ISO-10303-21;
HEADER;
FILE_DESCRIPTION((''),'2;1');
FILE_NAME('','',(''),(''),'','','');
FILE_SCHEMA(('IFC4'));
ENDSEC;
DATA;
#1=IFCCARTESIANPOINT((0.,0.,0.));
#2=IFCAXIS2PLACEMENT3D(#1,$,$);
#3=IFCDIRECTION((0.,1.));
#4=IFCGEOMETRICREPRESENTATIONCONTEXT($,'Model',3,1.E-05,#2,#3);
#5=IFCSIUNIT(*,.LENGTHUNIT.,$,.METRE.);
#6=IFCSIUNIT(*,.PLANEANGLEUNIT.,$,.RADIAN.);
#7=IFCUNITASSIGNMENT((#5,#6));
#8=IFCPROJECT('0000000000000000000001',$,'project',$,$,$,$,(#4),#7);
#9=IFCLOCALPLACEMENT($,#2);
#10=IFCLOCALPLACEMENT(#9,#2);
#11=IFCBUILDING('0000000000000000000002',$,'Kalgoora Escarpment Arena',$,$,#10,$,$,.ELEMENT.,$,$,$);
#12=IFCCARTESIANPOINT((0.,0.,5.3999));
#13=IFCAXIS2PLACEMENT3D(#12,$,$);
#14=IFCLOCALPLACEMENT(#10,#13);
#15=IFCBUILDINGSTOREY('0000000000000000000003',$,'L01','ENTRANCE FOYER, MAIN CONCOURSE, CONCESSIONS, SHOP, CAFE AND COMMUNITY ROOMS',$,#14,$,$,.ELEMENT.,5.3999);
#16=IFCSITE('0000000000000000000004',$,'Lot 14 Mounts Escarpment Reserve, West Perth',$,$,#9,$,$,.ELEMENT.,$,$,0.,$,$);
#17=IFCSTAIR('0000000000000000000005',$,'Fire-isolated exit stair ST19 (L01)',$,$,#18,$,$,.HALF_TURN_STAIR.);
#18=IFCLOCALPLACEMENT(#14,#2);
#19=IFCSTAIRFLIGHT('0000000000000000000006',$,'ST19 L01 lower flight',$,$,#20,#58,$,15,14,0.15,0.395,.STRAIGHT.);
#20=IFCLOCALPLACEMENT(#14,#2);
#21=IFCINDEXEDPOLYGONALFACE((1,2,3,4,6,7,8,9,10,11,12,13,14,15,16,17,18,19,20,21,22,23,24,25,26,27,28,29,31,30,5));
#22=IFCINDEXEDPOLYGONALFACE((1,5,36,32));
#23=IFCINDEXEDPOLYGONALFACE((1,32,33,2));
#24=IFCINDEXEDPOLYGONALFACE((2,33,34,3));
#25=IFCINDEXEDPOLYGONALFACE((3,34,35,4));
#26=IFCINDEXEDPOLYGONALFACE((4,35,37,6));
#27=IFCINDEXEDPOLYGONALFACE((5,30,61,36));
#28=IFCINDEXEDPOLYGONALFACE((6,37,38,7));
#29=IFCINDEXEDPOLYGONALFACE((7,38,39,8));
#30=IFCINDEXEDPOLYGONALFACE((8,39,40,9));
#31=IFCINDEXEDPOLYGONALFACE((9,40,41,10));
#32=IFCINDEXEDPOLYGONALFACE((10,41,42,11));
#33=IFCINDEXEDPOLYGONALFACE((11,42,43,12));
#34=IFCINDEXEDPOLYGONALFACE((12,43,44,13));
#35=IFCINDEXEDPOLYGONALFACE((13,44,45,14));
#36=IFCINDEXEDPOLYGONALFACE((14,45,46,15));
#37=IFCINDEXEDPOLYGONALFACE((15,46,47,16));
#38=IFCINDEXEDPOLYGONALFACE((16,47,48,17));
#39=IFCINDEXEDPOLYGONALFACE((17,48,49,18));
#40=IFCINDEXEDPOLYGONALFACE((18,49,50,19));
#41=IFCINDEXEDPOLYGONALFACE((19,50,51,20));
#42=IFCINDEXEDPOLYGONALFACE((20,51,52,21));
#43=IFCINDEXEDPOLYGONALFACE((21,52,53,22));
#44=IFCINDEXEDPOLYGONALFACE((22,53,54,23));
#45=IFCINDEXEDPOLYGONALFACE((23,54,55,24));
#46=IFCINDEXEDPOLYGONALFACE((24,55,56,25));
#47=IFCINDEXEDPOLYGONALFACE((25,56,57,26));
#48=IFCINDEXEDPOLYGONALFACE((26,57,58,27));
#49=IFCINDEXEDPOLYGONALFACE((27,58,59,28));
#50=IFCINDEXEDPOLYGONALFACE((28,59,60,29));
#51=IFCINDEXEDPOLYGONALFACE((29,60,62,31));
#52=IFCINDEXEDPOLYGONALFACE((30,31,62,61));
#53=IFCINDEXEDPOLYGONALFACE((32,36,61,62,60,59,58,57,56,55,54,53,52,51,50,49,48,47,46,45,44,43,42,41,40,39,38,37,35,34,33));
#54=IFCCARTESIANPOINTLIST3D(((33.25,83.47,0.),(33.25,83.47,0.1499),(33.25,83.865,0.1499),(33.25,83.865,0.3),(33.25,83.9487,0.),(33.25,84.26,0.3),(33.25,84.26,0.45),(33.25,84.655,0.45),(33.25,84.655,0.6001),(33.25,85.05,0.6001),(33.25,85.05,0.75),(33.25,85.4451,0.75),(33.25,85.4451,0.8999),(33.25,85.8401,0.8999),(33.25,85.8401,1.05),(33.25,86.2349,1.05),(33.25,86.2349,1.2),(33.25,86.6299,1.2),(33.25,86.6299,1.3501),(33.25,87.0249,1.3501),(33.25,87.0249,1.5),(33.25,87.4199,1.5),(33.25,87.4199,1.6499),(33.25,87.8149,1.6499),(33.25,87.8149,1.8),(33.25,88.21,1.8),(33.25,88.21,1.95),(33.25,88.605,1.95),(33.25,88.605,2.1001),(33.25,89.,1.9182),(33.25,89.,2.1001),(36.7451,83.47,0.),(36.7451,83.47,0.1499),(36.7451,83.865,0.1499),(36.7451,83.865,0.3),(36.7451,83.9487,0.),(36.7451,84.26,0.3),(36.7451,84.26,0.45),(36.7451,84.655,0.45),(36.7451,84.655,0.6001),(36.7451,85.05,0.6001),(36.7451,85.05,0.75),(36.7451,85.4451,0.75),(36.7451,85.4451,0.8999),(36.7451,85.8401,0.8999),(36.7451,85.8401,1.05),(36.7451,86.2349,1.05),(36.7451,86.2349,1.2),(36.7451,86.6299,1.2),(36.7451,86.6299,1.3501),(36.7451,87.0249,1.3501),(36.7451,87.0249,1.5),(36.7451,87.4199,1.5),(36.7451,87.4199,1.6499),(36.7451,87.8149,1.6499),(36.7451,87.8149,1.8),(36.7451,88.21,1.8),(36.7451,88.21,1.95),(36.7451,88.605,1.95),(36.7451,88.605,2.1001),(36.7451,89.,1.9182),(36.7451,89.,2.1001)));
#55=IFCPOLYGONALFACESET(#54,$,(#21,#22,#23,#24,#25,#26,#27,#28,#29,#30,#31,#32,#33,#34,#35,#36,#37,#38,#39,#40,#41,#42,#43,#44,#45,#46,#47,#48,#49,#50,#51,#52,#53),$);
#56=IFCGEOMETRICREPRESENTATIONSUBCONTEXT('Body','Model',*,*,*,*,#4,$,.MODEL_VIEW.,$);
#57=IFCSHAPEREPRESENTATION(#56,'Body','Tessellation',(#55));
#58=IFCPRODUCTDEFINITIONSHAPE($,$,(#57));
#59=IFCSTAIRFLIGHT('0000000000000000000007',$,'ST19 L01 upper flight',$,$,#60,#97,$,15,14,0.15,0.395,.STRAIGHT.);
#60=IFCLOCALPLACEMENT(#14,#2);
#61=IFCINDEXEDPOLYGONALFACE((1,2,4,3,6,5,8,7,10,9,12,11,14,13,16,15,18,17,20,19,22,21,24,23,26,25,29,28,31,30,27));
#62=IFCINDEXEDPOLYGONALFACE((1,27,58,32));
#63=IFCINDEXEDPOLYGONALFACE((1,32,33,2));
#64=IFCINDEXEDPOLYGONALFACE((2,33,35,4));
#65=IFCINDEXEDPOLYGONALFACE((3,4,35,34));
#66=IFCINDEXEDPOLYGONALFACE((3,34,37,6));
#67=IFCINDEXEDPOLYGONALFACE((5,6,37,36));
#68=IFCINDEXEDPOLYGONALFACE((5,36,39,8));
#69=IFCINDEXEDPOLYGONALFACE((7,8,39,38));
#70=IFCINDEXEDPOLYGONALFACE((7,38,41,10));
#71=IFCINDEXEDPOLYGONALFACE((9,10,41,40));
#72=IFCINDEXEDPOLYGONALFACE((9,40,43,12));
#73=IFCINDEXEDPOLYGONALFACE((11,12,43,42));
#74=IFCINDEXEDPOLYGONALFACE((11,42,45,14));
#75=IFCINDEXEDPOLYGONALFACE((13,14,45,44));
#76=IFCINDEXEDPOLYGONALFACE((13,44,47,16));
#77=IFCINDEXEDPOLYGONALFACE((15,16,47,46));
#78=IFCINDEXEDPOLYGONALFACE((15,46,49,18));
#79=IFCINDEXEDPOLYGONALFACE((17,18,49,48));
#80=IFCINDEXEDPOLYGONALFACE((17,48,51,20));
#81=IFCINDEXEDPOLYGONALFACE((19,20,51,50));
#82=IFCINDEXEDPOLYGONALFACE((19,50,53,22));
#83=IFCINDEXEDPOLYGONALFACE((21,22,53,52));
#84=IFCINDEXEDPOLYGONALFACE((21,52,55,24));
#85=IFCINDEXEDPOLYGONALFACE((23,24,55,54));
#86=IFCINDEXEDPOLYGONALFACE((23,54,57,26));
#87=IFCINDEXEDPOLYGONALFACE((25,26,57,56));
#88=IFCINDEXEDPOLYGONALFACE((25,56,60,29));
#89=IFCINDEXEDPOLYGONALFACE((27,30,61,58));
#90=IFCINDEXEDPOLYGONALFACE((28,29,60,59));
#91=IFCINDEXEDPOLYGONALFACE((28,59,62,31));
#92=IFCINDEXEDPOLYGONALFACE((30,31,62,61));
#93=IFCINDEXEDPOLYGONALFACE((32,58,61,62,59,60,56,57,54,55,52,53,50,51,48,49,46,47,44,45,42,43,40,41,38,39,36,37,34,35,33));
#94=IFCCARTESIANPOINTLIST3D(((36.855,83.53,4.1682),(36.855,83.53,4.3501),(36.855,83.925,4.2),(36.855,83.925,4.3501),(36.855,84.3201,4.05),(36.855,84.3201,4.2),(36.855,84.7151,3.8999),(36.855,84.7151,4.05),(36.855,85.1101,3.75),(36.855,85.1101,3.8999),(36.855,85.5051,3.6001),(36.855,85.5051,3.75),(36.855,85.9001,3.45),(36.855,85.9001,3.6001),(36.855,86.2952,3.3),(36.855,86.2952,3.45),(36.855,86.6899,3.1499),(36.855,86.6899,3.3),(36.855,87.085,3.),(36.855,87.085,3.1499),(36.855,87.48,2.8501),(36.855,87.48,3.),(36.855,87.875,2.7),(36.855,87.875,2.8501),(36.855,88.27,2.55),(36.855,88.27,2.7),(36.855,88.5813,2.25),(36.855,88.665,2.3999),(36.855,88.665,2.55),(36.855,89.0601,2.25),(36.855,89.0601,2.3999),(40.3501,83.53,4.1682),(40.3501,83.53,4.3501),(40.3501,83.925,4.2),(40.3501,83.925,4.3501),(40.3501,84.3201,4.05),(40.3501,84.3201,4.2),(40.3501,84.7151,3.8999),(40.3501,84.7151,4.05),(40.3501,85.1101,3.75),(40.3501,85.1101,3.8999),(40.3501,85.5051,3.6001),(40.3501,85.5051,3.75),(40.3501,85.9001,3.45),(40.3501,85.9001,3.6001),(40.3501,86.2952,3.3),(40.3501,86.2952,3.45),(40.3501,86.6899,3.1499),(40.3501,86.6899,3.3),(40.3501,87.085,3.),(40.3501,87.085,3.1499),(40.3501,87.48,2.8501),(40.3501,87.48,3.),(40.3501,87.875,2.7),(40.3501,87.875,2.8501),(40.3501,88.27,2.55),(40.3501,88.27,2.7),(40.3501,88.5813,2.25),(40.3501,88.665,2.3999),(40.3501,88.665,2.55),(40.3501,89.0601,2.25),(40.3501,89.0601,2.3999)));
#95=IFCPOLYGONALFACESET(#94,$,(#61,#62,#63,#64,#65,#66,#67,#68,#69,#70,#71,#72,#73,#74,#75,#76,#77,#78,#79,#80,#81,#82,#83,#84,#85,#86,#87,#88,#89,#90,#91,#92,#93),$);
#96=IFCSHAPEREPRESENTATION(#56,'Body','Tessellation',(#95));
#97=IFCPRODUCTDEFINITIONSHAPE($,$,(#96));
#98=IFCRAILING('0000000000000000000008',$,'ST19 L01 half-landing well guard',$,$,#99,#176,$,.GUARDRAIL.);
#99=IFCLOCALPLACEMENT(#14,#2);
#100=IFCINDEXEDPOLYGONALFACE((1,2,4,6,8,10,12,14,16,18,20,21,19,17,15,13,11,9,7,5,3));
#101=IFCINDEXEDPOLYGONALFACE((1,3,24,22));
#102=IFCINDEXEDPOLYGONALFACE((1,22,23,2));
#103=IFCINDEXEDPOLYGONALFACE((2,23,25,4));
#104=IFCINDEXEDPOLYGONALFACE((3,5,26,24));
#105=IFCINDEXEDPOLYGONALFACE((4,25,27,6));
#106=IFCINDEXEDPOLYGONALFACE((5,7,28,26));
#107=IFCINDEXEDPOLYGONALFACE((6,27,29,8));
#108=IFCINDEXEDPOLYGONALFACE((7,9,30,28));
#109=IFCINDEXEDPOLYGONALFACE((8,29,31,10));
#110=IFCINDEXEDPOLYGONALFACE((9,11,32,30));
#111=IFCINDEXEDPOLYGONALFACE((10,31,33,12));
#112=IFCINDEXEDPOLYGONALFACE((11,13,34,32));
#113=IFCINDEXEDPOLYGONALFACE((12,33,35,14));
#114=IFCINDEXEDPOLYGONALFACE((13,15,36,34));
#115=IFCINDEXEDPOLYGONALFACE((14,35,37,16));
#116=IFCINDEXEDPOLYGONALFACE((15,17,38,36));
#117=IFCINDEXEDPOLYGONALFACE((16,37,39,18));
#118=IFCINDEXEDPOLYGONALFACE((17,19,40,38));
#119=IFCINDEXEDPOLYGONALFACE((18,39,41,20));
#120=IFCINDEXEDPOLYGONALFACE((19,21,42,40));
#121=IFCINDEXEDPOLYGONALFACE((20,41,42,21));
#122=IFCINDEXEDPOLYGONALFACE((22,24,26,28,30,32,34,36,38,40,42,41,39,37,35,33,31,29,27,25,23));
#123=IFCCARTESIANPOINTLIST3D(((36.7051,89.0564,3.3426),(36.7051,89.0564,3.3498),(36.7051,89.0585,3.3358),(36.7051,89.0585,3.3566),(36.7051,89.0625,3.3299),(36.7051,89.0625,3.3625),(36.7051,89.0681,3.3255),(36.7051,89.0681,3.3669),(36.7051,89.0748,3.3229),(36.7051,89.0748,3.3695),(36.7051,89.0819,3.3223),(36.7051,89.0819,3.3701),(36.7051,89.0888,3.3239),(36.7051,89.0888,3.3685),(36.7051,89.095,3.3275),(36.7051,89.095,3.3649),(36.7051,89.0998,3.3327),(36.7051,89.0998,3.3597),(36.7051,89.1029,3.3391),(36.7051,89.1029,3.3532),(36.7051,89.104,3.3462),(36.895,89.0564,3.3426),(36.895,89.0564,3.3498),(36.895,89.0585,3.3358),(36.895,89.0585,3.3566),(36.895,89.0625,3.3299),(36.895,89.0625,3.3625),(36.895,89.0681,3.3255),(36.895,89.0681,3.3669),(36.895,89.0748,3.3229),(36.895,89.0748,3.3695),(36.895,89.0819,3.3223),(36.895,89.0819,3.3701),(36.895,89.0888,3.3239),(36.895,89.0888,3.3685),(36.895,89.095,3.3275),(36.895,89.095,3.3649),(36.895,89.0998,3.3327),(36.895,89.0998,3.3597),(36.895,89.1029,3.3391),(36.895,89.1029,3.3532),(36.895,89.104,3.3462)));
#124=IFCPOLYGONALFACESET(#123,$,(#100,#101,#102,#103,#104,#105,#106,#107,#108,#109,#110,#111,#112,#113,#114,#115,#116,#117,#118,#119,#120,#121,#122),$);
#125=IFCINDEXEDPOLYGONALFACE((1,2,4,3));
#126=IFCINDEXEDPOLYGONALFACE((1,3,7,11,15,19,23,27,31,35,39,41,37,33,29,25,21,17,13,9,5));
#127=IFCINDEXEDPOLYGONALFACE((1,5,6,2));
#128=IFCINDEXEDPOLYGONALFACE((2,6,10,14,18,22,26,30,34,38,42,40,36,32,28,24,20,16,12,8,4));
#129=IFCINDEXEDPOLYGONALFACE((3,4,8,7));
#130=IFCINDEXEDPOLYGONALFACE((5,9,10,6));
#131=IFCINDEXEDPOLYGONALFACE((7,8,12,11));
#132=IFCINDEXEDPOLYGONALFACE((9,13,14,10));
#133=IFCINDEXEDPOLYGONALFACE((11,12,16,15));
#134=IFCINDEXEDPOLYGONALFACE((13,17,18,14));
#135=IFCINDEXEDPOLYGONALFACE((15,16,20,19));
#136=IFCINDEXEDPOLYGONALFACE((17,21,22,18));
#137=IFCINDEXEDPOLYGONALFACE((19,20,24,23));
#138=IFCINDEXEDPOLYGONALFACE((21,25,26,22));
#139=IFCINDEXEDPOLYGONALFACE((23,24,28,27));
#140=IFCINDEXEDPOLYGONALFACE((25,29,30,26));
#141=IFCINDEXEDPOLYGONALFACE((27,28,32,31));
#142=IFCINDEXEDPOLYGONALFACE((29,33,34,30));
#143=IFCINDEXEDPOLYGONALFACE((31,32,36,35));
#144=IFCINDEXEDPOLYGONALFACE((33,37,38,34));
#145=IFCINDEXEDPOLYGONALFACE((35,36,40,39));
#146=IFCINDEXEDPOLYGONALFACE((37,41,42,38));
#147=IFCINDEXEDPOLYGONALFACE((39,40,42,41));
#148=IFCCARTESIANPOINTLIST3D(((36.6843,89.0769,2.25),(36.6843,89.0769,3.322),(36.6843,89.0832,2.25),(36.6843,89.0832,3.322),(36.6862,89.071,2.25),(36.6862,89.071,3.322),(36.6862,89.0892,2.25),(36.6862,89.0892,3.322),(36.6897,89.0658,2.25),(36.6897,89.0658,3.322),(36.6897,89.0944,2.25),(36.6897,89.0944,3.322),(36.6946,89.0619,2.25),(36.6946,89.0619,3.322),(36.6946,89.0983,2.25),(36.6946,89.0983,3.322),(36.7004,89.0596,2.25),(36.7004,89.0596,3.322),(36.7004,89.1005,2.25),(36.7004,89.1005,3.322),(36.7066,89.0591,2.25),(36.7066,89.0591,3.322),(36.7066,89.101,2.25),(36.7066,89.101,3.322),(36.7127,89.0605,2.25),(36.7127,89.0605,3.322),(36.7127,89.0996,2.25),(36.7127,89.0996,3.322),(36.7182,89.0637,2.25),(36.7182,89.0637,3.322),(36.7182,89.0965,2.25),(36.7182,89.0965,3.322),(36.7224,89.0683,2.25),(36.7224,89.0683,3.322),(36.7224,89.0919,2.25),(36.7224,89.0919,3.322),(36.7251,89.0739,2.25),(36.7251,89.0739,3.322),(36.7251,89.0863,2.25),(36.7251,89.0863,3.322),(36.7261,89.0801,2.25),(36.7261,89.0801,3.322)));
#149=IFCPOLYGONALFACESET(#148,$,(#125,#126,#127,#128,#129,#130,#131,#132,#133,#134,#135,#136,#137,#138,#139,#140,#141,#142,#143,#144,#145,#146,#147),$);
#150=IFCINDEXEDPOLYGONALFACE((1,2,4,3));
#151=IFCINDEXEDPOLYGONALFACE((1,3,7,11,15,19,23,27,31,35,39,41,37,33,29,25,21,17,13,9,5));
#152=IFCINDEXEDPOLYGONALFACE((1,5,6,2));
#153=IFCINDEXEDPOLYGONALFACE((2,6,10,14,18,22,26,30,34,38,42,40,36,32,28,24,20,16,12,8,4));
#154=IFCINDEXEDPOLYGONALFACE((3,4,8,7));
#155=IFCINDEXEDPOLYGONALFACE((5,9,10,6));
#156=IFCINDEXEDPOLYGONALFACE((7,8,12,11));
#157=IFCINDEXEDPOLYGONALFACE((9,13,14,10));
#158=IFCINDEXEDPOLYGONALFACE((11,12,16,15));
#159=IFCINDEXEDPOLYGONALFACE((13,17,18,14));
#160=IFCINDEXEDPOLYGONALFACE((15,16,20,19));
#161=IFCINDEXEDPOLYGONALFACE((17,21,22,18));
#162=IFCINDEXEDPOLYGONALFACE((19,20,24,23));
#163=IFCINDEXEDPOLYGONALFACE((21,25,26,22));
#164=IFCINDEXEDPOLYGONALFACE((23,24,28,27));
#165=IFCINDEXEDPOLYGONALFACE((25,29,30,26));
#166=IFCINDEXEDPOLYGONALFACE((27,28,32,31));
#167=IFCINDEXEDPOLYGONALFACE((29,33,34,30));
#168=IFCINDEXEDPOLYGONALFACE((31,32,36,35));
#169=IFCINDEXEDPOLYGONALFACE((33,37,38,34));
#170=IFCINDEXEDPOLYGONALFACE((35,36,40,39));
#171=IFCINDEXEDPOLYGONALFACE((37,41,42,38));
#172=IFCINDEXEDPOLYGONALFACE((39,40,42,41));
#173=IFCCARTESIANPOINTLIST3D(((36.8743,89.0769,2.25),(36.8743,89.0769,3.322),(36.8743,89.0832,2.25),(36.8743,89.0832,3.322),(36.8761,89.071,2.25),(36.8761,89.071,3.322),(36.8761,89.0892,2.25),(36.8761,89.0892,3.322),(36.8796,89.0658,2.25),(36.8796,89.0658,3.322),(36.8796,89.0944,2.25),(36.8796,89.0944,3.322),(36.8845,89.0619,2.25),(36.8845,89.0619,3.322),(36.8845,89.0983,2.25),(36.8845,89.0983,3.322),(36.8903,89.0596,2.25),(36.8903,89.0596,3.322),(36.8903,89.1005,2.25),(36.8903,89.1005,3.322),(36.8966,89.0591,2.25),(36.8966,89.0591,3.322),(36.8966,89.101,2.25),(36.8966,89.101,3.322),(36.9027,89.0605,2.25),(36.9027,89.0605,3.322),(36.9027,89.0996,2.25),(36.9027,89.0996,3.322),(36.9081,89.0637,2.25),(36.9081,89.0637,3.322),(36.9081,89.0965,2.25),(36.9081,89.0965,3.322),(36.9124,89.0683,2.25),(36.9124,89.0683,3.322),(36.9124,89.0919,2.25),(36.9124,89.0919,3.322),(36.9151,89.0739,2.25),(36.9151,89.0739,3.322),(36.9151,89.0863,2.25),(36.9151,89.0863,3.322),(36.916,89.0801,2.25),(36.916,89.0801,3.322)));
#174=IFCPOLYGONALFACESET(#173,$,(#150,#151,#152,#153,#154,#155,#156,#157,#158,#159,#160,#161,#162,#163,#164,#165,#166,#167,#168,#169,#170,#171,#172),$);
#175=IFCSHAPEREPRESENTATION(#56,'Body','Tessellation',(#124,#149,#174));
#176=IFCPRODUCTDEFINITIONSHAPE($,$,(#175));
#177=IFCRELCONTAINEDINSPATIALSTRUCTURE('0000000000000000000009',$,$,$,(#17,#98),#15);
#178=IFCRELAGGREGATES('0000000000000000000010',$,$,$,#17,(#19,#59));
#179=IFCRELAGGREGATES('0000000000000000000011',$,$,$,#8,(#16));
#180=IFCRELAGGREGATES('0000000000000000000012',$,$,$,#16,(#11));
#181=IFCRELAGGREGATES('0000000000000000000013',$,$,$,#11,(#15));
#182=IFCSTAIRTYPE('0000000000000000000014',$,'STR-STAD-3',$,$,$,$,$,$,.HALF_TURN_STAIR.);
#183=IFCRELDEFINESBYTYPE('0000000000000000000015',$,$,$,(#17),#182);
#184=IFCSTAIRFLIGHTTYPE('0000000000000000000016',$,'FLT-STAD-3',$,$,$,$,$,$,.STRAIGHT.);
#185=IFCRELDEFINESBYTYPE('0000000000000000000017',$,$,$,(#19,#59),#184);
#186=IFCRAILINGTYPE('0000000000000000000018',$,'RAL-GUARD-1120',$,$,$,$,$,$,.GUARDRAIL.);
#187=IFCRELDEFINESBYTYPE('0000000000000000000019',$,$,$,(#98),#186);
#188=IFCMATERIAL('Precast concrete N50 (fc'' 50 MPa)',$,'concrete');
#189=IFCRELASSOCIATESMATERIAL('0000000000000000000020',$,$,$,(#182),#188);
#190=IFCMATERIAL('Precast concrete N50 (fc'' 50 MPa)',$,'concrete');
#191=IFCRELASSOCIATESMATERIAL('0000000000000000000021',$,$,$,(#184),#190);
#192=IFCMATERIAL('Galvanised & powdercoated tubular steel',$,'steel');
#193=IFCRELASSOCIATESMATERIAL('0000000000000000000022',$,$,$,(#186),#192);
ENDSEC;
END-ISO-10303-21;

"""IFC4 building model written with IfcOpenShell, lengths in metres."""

from ifc_helpers import new_model, si_unit, direction, frame, origin, origin_2d, place, context, subcontext, project, spatial, polyline, circle, outline, extrude, material, type_object, element, aggregate, save


model = new_model("IFC4")

# Units and contexts
model_context = context("Model", 3, precision=1e-05, world=origin(), true_north=direction((0.0, 1.0)))
body_context = subcontext(model_context, "Body", "Model", "MODEL_VIEW")
ifc_project = project(units=[si_unit("LENGTHUNIT", "METRE"), si_unit("PLANEANGLEUNIT", "RADIAN")], contexts=[model_context])

# Site, building, storey
site_placement = place(None, origin())
site = spatial("IfcSite", under=ifc_project, at=site_placement, Name="Lot 14 Mounts Escarpment Reserve, West Perth", CompositionType="ELEMENT", RefElevation=0.0)
building_placement = place(site_placement, origin())
building = spatial("IfcBuilding", under=site, at=building_placement, Name="Kalgoora Escarpment Arena", CompositionType="ELEMENT")
storey_placement = place(building_placement, frame((0.0, 0.0, 5.3999)))
storey = spatial("IfcBuildingStorey", under=building, at=storey_placement, Name="L01", Description="ENTRANCE FOYER, MAIN CONCOURSE, CONCESSIONS, SHOP, CAFE AND COMMUNITY ROOMS", CompositionType="ELEMENT", Elevation=5.3999)

# Stair, stair flights
ifc_material_1 = material(Name="Precast concrete N50 (fc' 50 MPa)", Category="concrete")
stair_type = type_object("IfcStairType", Name="STR-STAD-3", PredefinedType="HALF_TURN_STAIR", material=ifc_material_1)
stair_placement = place(storey_placement, origin())
stair = element("IfcStair", 1, at=stair_placement, inside=storey, type_object=stair_type, Name="Fire-isolated exit stair ST19 (L01)", PredefinedType="HALF_TURN_STAIR")
ifc_material_2 = material(Name="Precast concrete N50 (fc' 50 MPa)", Category="concrete")
stair_flight_type = type_object("IfcStairFlightType", Name="FLT-STAD-3", PredefinedType="STRAIGHT", material=ifc_material_2)
stair_flight_1_placement = place(storey_placement, frame((34.9976, 83.47, 0.0), z_axis=(0.0, 0.0, 1.0), x_axis=(0.0, 1.0, 0.0)))
stair_flight_1 = element("IfcStairFlight", 2, at=stair_flight_1_placement, type_object=stair_flight_type, Name="ST19 L01 lower flight", NumberOfRisers=15, NumberOfTreads=14, PredefinedType="STRAIGHT", RiserHeight=0.15, TreadLength=0.395, context=body_context, shape_type="SweptSolid", body=[
    extrude(outline(polyline([(0.0, 0.0), (0.0, 0.1499), (0.395, 0.1499), (0.395, 0.3), (0.79, 0.3), (0.79, 0.45), (1.1851, 0.45), (1.1851, 0.6001), (1.5801, 0.6001), (1.5801, 0.75), (1.9751, 0.75), (1.9751, 0.8999), (2.3701, 0.8999), (2.3701, 1.05), (2.7649, 1.05), (2.7649, 1.2), (3.1599, 1.2), (3.1599, 1.3501), (3.5549, 1.3501), (3.5549, 1.5), (3.95, 1.5), (3.95, 1.6499), (4.345, 1.6499), (4.345, 1.8), (4.74, 1.8), (4.74, 1.95), (5.135, 1.95), (5.135, 2.1001), (5.53, 2.1001), (5.53, 2.25), (5.53, 1.9182), (0.4788, 0.0), (0.0, 0.0)])), frame((0.0, 1.7476, 0.0), z_axis=(0.0, -1.0, 0.0), x_axis=(1.0, 0.0, 0.0)), (0.0, 0.0, 1.0), 3.4951),
])
stair_flight_2_placement = place(storey_placement, frame((38.6025, 89.0601, 2.25), z_axis=(0.0, 0.0, 1.0), x_axis=(0.0, -1.0, 0.0)))
stair_flight_2 = element("IfcStairFlight", 3, at=stair_flight_2_placement, type_object=stair_flight_type, Name="ST19 L01 upper flight", NumberOfRisers=15, NumberOfTreads=14, PredefinedType="STRAIGHT", RiserHeight=0.15, TreadLength=0.395, context=body_context, shape_type="SweptSolid", body=[
    extrude(outline(polyline([(0.0, 0.0), (0.0, 0.1499), (0.395, 0.1499), (0.395, 0.3), (0.79, 0.3), (0.79, 0.45), (1.1851, 0.45), (1.1851, 0.6001), (1.5801, 0.6001), (1.5801, 0.75), (1.9751, 0.75), (1.9751, 0.8999), (2.3701, 0.8999), (2.3701, 1.05), (2.7649, 1.05), (2.7649, 1.2), (3.1599, 1.2), (3.1599, 1.3501), (3.5549, 1.3501), (3.5549, 1.5), (3.95, 1.5), (3.95, 1.6499), (4.345, 1.6499), (4.345, 1.8), (4.74, 1.8), (4.74, 1.95), (5.135, 1.95), (5.135, 2.1001), (5.53, 2.1001), (5.53, 2.25), (5.53, 1.9182), (0.4788, 0.0), (0.0, 0.0)])), frame((0.0, 1.7476, 0.0), z_axis=(0.0, -1.0, 0.0), x_axis=(1.0, 0.0, 0.0)), (0.0, 0.0, 1.0), 3.4951),
])
aggregate(stair, [stair_flight_1, stair_flight_2])

# Railing
ifc_material_3 = material(Name="Galvanised & powdercoated tubular steel", Category="steel")
railing_type_1 = type_object("IfcRailingType", Name="RAL-GUARD-1120", PredefinedType="GUARDRAIL", material=ifc_material_3)
railing_1_placement = place(storey_placement, frame((36.7051, 89.0801, 2.25)))
element("IfcRailing", 4, at=railing_1_placement, inside=storey, type_object=railing_type_1, Name="ST19 L01 half-landing well guard", PredefinedType="GUARDRAIL", context=body_context, shape_type="SweptSolid", body=[
    extrude(circle(Radius=0.0239, at=origin_2d()), frame((0.0, 0.0, 1.0962), z_axis=(1.0, 0.0, 0.0), x_axis=(0.0, 1.0, 0.0)), (0.0, 0.0, 1.0), 0.1899),
    extrude(circle(Radius=0.021, at=origin_2d()), origin(), (0.0, 0.0, 1.0), 1.072),
    extrude(circle(Radius=0.021, at=origin_2d()), frame((0.1899, 0.0, 0.0)), (0.0, 0.0, 1.0), 1.072),
])

save(model, "model.ifc")
